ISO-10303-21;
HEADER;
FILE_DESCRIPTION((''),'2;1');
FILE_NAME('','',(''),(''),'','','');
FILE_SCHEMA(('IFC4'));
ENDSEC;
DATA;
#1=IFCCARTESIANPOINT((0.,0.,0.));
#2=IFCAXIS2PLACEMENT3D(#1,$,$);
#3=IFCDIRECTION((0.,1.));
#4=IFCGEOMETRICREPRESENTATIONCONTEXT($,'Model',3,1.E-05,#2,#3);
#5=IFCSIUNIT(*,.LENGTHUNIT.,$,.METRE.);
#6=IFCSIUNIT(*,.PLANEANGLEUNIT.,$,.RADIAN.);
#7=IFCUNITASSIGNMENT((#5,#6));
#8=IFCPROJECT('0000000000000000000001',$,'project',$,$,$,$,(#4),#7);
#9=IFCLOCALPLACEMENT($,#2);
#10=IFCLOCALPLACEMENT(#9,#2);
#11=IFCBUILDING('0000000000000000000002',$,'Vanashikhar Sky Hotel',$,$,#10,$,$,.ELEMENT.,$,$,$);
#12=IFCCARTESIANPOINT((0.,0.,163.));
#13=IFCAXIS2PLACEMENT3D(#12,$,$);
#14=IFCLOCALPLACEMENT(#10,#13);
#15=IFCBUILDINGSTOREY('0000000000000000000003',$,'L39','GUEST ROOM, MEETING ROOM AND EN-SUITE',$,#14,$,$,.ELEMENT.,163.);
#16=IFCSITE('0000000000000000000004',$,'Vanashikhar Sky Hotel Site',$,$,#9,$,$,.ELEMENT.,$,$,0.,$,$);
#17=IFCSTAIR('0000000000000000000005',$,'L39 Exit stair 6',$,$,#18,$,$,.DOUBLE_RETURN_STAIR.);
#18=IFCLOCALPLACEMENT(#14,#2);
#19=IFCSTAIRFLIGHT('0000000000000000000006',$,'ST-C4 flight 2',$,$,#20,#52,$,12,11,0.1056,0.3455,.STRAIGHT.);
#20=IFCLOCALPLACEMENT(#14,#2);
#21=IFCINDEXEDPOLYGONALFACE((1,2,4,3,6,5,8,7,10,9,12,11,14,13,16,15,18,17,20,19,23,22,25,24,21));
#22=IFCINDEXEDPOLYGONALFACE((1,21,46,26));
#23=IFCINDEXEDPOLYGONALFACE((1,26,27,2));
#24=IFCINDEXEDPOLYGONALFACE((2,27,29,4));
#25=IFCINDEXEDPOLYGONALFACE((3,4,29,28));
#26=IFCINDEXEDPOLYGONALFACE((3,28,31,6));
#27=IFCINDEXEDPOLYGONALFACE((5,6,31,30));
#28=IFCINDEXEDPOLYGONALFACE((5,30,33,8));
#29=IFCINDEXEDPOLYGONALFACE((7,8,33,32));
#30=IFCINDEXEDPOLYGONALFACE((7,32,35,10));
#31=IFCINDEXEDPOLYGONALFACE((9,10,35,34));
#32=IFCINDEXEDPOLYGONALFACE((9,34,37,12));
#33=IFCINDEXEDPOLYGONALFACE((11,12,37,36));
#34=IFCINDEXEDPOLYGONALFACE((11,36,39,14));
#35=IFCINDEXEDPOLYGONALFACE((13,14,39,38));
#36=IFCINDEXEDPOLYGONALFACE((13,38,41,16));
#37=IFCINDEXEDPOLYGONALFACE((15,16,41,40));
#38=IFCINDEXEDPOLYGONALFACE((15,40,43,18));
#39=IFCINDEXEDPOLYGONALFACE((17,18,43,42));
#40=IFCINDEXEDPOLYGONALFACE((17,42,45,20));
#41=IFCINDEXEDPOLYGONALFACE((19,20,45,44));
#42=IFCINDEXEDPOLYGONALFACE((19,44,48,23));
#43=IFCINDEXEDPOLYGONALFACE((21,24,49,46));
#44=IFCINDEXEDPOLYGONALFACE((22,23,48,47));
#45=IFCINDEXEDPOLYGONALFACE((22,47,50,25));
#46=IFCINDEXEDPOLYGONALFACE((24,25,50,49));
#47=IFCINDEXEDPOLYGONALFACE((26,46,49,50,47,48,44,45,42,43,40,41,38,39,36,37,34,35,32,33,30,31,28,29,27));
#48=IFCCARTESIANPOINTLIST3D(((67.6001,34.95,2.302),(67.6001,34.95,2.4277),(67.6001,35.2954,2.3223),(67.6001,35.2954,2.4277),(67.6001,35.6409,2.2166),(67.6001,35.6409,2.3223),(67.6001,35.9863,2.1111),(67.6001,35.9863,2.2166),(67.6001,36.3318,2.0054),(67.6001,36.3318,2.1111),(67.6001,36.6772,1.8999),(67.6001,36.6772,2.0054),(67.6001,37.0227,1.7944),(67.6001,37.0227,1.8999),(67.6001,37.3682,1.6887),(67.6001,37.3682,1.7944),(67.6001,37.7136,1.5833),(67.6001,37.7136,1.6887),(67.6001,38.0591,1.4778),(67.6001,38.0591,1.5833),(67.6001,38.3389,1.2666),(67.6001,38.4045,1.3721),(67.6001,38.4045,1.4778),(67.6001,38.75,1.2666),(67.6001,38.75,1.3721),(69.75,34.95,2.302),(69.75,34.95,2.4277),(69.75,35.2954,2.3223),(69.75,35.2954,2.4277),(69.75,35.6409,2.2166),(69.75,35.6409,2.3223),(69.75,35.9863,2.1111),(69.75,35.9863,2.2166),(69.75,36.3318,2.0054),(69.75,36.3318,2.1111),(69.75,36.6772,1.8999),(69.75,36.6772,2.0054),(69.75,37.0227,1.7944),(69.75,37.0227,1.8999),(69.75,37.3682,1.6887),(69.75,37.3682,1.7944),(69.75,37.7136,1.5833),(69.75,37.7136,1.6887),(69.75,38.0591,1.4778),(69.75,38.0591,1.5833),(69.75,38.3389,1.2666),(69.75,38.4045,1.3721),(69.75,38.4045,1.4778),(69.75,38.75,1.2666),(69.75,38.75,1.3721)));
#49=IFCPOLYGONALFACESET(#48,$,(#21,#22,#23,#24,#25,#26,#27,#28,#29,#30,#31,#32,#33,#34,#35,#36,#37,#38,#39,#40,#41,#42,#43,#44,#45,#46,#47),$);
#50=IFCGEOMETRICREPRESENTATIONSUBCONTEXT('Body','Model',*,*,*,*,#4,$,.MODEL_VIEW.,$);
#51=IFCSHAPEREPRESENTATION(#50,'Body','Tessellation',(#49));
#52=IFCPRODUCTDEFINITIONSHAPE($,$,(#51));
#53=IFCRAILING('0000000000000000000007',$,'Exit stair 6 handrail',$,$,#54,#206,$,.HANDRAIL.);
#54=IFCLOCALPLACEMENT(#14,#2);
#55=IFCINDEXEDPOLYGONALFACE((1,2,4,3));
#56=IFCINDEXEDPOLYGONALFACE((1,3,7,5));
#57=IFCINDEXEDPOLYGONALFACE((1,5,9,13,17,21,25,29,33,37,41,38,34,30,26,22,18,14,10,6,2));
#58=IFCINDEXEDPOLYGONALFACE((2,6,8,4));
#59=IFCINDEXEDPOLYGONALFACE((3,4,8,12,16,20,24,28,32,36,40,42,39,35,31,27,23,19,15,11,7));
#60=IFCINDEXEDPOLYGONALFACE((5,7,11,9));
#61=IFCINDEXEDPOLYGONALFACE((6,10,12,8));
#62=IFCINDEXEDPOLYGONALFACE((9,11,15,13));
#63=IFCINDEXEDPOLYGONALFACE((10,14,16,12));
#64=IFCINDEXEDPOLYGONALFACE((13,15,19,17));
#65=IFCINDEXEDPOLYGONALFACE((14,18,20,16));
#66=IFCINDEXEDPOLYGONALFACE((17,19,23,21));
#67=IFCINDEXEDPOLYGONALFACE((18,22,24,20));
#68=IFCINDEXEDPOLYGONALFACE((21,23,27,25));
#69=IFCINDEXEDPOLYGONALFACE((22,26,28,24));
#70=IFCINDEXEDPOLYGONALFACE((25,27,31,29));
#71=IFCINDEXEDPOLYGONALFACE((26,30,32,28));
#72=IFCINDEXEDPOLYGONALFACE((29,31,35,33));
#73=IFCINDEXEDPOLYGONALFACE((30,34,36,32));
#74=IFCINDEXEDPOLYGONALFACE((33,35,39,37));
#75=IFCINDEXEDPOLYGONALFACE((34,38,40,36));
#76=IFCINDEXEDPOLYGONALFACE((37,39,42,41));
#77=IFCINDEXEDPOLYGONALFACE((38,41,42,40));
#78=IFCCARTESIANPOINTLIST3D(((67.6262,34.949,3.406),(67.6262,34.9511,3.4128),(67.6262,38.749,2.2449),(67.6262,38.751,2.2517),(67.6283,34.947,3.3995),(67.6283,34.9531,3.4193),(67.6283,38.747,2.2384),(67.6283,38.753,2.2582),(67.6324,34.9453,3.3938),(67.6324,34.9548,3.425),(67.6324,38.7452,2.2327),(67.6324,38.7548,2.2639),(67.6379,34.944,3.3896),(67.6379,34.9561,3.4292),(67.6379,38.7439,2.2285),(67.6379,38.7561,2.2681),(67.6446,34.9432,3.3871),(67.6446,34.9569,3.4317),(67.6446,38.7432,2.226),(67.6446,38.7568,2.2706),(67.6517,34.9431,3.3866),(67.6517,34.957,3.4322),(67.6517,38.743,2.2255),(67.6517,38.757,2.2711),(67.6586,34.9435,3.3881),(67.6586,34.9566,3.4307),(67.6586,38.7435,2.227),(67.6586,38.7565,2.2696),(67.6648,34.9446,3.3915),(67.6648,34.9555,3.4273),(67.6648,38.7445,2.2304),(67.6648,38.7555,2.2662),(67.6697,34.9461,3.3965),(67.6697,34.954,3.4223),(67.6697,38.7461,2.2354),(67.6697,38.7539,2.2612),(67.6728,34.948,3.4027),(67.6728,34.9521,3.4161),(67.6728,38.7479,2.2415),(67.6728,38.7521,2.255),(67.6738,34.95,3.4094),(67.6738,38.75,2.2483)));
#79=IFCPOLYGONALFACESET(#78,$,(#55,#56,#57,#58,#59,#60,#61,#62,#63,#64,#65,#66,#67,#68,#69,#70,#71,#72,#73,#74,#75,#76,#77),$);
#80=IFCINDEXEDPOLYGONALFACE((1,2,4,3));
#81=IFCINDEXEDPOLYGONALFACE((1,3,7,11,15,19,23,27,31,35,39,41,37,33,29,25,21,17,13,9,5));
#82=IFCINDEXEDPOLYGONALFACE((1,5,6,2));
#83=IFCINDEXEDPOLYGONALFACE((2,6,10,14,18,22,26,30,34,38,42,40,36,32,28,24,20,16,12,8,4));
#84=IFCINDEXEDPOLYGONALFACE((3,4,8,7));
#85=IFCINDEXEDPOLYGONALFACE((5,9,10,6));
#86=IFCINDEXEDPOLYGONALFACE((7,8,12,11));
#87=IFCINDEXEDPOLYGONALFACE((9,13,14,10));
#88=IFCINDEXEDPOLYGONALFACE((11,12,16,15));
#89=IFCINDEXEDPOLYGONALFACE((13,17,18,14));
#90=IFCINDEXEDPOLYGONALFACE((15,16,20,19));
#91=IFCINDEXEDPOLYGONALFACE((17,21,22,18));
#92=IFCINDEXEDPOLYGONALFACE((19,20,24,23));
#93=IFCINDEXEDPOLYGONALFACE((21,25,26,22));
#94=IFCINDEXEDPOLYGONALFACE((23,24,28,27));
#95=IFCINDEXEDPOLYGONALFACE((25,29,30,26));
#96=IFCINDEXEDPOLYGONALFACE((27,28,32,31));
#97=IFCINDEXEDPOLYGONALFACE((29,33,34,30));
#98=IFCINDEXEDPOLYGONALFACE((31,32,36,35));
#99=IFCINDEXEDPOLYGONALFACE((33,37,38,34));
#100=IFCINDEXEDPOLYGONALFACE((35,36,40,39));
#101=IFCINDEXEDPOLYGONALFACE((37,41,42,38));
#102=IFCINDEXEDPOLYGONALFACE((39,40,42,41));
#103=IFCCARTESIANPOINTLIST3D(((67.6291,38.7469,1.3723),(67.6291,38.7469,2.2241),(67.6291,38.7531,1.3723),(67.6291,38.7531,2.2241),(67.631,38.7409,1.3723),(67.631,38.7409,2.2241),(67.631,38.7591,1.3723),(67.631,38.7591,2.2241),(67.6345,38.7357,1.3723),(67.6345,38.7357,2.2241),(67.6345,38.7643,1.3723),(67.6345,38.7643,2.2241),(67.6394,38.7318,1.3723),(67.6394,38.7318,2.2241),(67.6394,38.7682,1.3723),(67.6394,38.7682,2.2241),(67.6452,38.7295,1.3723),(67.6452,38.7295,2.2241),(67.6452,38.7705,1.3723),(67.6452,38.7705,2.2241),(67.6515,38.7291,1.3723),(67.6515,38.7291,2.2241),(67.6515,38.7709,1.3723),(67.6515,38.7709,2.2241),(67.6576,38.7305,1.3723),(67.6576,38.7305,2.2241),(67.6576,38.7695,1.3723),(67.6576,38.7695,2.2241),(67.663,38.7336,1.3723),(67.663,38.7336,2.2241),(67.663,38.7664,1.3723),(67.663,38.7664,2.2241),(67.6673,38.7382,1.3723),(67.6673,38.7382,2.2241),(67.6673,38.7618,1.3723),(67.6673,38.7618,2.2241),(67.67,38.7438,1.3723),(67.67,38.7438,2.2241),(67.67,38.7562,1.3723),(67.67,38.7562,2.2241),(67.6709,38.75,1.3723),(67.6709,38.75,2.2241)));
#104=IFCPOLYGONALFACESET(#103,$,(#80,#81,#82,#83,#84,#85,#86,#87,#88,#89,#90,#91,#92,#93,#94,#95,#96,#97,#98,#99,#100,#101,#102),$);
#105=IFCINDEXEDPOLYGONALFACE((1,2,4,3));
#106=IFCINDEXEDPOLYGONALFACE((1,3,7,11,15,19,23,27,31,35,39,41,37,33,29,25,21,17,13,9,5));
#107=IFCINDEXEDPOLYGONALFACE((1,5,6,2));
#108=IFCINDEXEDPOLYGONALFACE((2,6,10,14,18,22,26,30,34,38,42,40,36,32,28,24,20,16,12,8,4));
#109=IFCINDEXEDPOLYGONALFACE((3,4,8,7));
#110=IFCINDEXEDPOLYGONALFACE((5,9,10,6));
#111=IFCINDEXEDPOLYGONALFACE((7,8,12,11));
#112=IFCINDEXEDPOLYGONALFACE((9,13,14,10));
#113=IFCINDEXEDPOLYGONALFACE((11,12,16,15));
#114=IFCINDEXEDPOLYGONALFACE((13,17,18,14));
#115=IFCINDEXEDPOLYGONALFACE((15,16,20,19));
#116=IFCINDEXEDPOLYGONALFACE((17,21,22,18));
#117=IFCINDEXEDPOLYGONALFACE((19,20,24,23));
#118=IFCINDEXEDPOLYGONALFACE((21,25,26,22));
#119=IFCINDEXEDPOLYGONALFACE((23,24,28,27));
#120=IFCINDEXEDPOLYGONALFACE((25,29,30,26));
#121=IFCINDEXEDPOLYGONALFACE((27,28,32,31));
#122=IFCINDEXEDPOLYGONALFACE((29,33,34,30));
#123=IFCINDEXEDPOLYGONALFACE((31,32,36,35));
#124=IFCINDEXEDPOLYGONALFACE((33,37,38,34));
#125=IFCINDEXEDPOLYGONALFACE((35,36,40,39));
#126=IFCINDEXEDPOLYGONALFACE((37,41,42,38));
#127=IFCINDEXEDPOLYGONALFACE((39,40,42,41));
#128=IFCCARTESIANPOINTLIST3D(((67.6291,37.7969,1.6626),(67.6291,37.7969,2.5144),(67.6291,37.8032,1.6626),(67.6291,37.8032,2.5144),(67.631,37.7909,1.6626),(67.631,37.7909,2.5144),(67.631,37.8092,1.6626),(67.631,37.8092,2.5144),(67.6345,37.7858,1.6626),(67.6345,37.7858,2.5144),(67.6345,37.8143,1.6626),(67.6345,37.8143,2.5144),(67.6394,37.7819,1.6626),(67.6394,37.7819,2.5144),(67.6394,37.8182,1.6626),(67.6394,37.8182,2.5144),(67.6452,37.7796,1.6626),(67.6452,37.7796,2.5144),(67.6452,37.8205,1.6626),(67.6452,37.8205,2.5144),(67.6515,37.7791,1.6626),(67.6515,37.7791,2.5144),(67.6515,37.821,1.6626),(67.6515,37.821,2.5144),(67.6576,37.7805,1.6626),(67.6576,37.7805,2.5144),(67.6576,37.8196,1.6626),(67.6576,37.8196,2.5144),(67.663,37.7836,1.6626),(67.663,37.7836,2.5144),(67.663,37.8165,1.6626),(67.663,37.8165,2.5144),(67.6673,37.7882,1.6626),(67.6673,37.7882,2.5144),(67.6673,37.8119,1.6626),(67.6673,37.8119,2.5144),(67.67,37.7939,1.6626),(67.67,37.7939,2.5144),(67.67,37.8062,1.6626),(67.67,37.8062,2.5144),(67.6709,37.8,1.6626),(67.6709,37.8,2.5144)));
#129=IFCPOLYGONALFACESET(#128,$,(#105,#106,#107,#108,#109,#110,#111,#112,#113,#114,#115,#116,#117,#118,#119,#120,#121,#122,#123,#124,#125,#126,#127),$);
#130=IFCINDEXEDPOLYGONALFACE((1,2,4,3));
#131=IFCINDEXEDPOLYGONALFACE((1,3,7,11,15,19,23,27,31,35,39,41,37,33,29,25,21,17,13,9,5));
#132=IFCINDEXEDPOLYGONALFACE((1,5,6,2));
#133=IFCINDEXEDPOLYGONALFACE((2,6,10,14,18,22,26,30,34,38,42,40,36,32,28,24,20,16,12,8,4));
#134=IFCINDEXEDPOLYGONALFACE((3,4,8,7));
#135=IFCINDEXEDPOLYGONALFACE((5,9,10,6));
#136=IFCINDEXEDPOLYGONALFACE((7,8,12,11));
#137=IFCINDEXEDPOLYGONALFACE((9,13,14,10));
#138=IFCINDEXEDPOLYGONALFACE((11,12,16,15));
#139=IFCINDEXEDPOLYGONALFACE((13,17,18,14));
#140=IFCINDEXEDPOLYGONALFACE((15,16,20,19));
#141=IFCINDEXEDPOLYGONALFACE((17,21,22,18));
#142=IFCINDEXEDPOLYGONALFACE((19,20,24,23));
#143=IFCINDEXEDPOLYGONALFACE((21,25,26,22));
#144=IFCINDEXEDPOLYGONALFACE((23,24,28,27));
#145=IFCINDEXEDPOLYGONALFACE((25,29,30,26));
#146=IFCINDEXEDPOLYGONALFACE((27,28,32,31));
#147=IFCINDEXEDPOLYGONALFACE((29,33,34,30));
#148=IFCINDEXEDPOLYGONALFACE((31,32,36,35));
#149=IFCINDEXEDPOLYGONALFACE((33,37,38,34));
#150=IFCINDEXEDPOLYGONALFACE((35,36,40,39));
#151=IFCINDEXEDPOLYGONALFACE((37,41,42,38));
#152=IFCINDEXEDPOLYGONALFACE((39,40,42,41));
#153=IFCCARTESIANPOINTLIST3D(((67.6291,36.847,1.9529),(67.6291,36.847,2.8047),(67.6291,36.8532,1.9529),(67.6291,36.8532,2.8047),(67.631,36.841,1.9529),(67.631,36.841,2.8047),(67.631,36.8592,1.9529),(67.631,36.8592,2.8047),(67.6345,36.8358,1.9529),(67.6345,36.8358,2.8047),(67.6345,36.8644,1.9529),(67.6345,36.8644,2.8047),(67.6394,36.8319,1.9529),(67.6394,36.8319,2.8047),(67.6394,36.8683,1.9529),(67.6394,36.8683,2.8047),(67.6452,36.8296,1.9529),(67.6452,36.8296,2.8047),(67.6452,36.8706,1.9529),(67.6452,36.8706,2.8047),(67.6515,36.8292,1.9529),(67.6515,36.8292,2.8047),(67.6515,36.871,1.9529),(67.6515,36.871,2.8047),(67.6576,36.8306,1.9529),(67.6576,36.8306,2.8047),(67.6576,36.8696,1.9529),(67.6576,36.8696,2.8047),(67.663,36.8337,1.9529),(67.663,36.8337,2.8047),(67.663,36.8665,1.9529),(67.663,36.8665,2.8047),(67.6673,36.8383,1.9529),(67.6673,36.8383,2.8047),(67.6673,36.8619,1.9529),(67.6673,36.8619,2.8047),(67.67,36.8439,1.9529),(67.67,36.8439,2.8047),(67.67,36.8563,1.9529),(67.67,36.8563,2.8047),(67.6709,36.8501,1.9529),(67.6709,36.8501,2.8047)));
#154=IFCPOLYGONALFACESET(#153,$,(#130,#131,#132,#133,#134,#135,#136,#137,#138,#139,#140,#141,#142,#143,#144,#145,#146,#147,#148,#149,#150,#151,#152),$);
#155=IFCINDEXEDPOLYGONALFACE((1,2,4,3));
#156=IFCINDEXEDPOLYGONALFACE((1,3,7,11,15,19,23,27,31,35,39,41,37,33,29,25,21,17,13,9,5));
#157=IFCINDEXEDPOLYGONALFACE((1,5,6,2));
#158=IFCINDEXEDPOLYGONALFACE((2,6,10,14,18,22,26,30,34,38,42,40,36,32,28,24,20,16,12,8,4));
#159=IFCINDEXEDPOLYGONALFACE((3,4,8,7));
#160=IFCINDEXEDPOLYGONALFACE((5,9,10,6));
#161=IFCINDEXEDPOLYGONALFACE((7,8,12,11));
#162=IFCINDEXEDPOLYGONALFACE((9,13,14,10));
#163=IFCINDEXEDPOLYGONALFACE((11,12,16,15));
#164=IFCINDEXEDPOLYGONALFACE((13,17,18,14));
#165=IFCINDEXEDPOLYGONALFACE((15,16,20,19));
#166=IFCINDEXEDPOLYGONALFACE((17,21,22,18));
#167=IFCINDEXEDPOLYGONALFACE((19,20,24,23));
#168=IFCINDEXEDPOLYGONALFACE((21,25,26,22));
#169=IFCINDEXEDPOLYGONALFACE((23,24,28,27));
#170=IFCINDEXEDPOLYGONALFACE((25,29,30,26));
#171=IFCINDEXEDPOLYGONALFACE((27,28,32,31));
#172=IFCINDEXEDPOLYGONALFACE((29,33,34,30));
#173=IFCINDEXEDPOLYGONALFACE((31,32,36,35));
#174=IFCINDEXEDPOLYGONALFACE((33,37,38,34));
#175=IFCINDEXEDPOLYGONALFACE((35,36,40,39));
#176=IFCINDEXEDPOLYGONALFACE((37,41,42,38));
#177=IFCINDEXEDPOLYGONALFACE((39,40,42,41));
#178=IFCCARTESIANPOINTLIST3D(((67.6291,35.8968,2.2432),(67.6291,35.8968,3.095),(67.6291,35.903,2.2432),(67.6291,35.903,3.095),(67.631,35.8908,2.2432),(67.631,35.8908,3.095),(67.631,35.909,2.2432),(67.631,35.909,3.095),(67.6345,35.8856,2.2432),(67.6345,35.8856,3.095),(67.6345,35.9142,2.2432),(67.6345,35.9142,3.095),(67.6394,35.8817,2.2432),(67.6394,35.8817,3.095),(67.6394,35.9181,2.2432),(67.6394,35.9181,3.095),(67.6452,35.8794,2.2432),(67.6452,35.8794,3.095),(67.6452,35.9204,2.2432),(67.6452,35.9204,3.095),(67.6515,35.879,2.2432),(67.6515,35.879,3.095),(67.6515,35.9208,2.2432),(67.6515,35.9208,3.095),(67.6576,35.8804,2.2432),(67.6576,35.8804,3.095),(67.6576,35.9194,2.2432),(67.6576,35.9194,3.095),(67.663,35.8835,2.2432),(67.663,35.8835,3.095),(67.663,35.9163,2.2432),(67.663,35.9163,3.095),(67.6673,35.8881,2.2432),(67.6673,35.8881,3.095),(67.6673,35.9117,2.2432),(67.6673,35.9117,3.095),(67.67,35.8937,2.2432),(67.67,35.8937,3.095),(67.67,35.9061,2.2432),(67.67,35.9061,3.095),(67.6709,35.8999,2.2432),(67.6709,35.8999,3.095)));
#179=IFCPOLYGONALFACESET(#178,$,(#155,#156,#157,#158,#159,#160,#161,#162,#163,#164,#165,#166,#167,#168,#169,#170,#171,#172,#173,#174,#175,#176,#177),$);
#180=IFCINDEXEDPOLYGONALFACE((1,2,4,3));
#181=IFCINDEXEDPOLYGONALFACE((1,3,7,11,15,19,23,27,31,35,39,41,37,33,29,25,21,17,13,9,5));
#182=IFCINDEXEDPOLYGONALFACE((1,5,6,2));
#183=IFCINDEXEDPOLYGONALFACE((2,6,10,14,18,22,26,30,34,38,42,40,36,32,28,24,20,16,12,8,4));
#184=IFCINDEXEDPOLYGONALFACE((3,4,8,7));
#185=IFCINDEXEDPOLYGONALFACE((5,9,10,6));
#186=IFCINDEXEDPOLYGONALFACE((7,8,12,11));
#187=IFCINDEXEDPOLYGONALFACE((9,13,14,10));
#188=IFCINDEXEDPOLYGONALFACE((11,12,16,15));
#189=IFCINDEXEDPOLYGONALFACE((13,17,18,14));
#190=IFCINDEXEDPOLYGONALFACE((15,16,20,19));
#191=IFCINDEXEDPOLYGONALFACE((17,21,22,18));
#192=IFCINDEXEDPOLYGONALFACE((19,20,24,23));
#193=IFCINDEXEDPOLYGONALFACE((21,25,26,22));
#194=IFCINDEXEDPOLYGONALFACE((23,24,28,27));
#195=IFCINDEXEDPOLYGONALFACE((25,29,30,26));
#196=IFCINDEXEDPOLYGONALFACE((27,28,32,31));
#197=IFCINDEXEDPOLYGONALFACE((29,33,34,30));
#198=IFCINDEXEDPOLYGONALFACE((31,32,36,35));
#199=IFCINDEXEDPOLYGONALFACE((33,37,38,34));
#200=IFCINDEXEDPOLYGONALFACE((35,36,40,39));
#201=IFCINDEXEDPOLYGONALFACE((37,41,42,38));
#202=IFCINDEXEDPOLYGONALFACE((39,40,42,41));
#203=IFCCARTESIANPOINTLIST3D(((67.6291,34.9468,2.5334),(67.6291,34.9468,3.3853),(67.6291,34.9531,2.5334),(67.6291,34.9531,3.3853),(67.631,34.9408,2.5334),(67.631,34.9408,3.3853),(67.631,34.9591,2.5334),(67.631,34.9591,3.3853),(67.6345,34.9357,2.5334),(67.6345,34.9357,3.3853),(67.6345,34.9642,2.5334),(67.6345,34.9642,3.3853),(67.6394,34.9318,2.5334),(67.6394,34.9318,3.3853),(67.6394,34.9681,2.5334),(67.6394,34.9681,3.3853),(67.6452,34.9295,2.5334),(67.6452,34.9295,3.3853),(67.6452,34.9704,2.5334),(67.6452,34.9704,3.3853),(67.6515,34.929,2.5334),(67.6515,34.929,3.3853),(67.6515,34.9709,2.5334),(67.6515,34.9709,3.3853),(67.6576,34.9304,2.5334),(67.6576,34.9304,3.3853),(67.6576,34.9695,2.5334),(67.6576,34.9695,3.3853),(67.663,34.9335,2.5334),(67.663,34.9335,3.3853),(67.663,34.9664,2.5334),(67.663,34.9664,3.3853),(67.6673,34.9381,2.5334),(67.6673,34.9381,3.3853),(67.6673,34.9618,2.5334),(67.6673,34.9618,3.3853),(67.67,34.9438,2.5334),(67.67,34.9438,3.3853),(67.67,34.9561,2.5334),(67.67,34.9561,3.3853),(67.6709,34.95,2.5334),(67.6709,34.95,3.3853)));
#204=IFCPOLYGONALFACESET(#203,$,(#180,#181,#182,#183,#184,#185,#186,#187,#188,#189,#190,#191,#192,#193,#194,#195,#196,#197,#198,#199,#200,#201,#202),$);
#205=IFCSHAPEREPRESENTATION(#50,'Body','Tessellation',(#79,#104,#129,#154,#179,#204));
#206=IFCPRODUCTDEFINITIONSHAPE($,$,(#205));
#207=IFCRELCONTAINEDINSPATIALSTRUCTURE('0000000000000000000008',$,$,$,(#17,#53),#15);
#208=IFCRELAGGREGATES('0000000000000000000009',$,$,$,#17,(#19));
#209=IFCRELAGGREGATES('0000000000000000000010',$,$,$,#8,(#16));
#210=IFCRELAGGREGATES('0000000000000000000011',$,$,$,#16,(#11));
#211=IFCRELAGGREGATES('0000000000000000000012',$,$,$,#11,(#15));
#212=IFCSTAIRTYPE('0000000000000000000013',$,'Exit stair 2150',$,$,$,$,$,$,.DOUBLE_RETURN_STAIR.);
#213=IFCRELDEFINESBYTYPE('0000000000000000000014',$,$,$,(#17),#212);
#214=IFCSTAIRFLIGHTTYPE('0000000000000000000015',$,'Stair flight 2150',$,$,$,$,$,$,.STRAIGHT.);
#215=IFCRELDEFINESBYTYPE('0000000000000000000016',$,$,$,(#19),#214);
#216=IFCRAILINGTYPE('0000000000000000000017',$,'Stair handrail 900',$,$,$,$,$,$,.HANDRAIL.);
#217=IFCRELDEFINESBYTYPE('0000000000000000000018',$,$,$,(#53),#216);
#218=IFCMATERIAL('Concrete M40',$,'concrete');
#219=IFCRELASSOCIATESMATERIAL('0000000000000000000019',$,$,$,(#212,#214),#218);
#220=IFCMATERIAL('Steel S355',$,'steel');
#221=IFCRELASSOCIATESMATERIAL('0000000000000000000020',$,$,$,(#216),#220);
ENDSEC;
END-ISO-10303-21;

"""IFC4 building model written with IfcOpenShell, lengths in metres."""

from ifc_helpers import new_model, si_unit, direction, frame, origin, origin_2d, place, context, subcontext, project, spatial, polyline, circle, outline, extrude, source, transform, mapped, material, type_object, element, aggregate, save


model = new_model("IFC4")

# Units and contexts
model_context = context("Model", 3, precision=1e-05, world=origin(), true_north=direction((0.0, 1.0)))
body_context = subcontext(model_context, "Body", "Model", "MODEL_VIEW")
ifc_project = project(units=[si_unit("LENGTHUNIT", "METRE"), si_unit("PLANEANGLEUNIT", "RADIAN")], contexts=[model_context])

# Site, building, storey
site_placement = place(None, origin())
site = spatial("IfcSite", under=ifc_project, at=site_placement, Name="Vanashikhar Sky Hotel Site", CompositionType="ELEMENT", RefElevation=0.0)
building_placement = place(site_placement, origin())
building = spatial("IfcBuilding", under=site, at=building_placement, Name="Vanashikhar Sky Hotel", CompositionType="ELEMENT")
storey_placement = place(building_placement, frame((0.0, 0.0, 163.0)))
storey = spatial("IfcBuildingStorey", under=building, at=storey_placement, Name="L39", Description="GUEST ROOM, MEETING ROOM AND EN-SUITE", CompositionType="ELEMENT", Elevation=163.0)

# Stair, stair flight
ifc_material_1 = material(Name="Concrete M40", Category="concrete")
stair_type = type_object("IfcStairType", Name="Exit stair 2150", PredefinedType="DOUBLE_RETURN_STAIR", material=ifc_material_1)
stair_flight_type = type_object("IfcStairFlightType", Name="Stair flight 2150", PredefinedType="STRAIGHT", material=ifc_material_1)
shared_shape_1 = source(origin(), body_context, "Body", "SweptSolid", [
    extrude(outline(polyline([(0.0, 0.0), (0.0, 0.1055), (0.3455, 0.1055), (0.3455, 0.2112), (0.6909, 0.2112), (0.6909, 0.3167), (1.0364, 0.3167), (1.0364, 0.4221), (1.3818, 0.4221), (1.3818, 0.5278), (1.7273, 0.5278), (1.7273, 0.6333), (2.0728, 0.6333), (2.0728, 0.7388), (2.4182, 0.7388), (2.4182, 0.8445), (2.7637, 0.8445), (2.7637, 0.95), (3.1091, 0.95), (3.1091, 1.0557), (3.4546, 1.0557), (3.4546, 1.1611), (3.8, 1.1611), (3.8, 1.2666), (3.8, 1.0354), (0.4111, 0.0), (0.0, 0.0)])), frame((0.0, 1.075, 0.0), z_axis=(0.0, -1.0, 0.0), x_axis=(1.0, 0.0, 0.0)), (0.0, 0.0, 1.0), 2.1499),
])
stair_1_placement = place(storey_placement, origin())
stair_1 = element("IfcStair", 1, at=stair_1_placement, inside=storey, type_object=stair_type, Name="L39 Exit stair 6", PredefinedType="DOUBLE_RETURN_STAIR")
stair_flight_1_placement = place(storey_placement, frame((68.675, 38.75, 1.2666), z_axis=(0.0, 0.0, 1.0), x_axis=(0.0, -1.0, 0.0)))
stair_flight_1 = element("IfcStairFlight", 2, at=stair_flight_1_placement, type_object=stair_flight_type, Name="ST-C4 flight 2", NumberOfRisers=12, NumberOfTreads=11, PredefinedType="STRAIGHT", RiserHeight=0.1056, TreadLength=0.3455, context=body_context, shape_type="MappedRepresentation", body=[
    mapped(shared_shape_1, transform((0.0, 0.0, 0.0), scale=1.0)),
])
aggregate(stair_1, [stair_flight_1])

# Railing
ifc_material_2 = material(Name="Steel S355", Category="steel")
railing_type_1 = type_object("IfcRailingType", Name="Stair handrail 900", PredefinedType="HANDRAIL", material=ifc_material_2)
shared_shape_2 = source(origin(), body_context, "Body", "SweptSolid", [
    extrude(circle(Radius=0.0239, at=origin_2d()), frame((0.0, 0.0, 0.876), z_axis=(0.0, -0.956351, 0.29222), x_axis=(1.0, 0.0, 0.0)), (0.0, 0.0, 1.0), 3.9734),
    extrude(circle(Radius=0.021, at=origin_2d()), origin(), (0.0, 0.0, 1.0), 0.8518),
    extrude(circle(Radius=0.021, at=origin_2d()), frame((0.0, -0.95, 0.2903)), (0.0, 0.0, 1.0), 0.8518),
    extrude(circle(Radius=0.021, at=origin_2d()), frame((0.0, -1.8999, 0.5806)), (0.0, 0.0, 1.0), 0.8518),
    extrude(circle(Radius=0.021, at=origin_2d()), frame((0.0, -2.8501, 0.8708)), (0.0, 0.0, 1.0), 0.8518),
    extrude(circle(Radius=0.021, at=origin_2d()), frame((0.0, -3.8, 1.1611)), (0.0, 0.0, 1.0), 0.8518),
])
railing_1_placement = place(storey_placement, frame((67.6499, 38.75, 1.3723)))
element("IfcRailing", 3, at=railing_1_placement, inside=storey, type_object=railing_type_1, Name="Exit stair 6 handrail", PredefinedType="HANDRAIL", context=body_context, shape_type="MappedRepresentation", body=[
    mapped(shared_shape_2, transform((0.0, 0.0, 0.0), scale=1.0)),
])

save(model, "model.ifc")
